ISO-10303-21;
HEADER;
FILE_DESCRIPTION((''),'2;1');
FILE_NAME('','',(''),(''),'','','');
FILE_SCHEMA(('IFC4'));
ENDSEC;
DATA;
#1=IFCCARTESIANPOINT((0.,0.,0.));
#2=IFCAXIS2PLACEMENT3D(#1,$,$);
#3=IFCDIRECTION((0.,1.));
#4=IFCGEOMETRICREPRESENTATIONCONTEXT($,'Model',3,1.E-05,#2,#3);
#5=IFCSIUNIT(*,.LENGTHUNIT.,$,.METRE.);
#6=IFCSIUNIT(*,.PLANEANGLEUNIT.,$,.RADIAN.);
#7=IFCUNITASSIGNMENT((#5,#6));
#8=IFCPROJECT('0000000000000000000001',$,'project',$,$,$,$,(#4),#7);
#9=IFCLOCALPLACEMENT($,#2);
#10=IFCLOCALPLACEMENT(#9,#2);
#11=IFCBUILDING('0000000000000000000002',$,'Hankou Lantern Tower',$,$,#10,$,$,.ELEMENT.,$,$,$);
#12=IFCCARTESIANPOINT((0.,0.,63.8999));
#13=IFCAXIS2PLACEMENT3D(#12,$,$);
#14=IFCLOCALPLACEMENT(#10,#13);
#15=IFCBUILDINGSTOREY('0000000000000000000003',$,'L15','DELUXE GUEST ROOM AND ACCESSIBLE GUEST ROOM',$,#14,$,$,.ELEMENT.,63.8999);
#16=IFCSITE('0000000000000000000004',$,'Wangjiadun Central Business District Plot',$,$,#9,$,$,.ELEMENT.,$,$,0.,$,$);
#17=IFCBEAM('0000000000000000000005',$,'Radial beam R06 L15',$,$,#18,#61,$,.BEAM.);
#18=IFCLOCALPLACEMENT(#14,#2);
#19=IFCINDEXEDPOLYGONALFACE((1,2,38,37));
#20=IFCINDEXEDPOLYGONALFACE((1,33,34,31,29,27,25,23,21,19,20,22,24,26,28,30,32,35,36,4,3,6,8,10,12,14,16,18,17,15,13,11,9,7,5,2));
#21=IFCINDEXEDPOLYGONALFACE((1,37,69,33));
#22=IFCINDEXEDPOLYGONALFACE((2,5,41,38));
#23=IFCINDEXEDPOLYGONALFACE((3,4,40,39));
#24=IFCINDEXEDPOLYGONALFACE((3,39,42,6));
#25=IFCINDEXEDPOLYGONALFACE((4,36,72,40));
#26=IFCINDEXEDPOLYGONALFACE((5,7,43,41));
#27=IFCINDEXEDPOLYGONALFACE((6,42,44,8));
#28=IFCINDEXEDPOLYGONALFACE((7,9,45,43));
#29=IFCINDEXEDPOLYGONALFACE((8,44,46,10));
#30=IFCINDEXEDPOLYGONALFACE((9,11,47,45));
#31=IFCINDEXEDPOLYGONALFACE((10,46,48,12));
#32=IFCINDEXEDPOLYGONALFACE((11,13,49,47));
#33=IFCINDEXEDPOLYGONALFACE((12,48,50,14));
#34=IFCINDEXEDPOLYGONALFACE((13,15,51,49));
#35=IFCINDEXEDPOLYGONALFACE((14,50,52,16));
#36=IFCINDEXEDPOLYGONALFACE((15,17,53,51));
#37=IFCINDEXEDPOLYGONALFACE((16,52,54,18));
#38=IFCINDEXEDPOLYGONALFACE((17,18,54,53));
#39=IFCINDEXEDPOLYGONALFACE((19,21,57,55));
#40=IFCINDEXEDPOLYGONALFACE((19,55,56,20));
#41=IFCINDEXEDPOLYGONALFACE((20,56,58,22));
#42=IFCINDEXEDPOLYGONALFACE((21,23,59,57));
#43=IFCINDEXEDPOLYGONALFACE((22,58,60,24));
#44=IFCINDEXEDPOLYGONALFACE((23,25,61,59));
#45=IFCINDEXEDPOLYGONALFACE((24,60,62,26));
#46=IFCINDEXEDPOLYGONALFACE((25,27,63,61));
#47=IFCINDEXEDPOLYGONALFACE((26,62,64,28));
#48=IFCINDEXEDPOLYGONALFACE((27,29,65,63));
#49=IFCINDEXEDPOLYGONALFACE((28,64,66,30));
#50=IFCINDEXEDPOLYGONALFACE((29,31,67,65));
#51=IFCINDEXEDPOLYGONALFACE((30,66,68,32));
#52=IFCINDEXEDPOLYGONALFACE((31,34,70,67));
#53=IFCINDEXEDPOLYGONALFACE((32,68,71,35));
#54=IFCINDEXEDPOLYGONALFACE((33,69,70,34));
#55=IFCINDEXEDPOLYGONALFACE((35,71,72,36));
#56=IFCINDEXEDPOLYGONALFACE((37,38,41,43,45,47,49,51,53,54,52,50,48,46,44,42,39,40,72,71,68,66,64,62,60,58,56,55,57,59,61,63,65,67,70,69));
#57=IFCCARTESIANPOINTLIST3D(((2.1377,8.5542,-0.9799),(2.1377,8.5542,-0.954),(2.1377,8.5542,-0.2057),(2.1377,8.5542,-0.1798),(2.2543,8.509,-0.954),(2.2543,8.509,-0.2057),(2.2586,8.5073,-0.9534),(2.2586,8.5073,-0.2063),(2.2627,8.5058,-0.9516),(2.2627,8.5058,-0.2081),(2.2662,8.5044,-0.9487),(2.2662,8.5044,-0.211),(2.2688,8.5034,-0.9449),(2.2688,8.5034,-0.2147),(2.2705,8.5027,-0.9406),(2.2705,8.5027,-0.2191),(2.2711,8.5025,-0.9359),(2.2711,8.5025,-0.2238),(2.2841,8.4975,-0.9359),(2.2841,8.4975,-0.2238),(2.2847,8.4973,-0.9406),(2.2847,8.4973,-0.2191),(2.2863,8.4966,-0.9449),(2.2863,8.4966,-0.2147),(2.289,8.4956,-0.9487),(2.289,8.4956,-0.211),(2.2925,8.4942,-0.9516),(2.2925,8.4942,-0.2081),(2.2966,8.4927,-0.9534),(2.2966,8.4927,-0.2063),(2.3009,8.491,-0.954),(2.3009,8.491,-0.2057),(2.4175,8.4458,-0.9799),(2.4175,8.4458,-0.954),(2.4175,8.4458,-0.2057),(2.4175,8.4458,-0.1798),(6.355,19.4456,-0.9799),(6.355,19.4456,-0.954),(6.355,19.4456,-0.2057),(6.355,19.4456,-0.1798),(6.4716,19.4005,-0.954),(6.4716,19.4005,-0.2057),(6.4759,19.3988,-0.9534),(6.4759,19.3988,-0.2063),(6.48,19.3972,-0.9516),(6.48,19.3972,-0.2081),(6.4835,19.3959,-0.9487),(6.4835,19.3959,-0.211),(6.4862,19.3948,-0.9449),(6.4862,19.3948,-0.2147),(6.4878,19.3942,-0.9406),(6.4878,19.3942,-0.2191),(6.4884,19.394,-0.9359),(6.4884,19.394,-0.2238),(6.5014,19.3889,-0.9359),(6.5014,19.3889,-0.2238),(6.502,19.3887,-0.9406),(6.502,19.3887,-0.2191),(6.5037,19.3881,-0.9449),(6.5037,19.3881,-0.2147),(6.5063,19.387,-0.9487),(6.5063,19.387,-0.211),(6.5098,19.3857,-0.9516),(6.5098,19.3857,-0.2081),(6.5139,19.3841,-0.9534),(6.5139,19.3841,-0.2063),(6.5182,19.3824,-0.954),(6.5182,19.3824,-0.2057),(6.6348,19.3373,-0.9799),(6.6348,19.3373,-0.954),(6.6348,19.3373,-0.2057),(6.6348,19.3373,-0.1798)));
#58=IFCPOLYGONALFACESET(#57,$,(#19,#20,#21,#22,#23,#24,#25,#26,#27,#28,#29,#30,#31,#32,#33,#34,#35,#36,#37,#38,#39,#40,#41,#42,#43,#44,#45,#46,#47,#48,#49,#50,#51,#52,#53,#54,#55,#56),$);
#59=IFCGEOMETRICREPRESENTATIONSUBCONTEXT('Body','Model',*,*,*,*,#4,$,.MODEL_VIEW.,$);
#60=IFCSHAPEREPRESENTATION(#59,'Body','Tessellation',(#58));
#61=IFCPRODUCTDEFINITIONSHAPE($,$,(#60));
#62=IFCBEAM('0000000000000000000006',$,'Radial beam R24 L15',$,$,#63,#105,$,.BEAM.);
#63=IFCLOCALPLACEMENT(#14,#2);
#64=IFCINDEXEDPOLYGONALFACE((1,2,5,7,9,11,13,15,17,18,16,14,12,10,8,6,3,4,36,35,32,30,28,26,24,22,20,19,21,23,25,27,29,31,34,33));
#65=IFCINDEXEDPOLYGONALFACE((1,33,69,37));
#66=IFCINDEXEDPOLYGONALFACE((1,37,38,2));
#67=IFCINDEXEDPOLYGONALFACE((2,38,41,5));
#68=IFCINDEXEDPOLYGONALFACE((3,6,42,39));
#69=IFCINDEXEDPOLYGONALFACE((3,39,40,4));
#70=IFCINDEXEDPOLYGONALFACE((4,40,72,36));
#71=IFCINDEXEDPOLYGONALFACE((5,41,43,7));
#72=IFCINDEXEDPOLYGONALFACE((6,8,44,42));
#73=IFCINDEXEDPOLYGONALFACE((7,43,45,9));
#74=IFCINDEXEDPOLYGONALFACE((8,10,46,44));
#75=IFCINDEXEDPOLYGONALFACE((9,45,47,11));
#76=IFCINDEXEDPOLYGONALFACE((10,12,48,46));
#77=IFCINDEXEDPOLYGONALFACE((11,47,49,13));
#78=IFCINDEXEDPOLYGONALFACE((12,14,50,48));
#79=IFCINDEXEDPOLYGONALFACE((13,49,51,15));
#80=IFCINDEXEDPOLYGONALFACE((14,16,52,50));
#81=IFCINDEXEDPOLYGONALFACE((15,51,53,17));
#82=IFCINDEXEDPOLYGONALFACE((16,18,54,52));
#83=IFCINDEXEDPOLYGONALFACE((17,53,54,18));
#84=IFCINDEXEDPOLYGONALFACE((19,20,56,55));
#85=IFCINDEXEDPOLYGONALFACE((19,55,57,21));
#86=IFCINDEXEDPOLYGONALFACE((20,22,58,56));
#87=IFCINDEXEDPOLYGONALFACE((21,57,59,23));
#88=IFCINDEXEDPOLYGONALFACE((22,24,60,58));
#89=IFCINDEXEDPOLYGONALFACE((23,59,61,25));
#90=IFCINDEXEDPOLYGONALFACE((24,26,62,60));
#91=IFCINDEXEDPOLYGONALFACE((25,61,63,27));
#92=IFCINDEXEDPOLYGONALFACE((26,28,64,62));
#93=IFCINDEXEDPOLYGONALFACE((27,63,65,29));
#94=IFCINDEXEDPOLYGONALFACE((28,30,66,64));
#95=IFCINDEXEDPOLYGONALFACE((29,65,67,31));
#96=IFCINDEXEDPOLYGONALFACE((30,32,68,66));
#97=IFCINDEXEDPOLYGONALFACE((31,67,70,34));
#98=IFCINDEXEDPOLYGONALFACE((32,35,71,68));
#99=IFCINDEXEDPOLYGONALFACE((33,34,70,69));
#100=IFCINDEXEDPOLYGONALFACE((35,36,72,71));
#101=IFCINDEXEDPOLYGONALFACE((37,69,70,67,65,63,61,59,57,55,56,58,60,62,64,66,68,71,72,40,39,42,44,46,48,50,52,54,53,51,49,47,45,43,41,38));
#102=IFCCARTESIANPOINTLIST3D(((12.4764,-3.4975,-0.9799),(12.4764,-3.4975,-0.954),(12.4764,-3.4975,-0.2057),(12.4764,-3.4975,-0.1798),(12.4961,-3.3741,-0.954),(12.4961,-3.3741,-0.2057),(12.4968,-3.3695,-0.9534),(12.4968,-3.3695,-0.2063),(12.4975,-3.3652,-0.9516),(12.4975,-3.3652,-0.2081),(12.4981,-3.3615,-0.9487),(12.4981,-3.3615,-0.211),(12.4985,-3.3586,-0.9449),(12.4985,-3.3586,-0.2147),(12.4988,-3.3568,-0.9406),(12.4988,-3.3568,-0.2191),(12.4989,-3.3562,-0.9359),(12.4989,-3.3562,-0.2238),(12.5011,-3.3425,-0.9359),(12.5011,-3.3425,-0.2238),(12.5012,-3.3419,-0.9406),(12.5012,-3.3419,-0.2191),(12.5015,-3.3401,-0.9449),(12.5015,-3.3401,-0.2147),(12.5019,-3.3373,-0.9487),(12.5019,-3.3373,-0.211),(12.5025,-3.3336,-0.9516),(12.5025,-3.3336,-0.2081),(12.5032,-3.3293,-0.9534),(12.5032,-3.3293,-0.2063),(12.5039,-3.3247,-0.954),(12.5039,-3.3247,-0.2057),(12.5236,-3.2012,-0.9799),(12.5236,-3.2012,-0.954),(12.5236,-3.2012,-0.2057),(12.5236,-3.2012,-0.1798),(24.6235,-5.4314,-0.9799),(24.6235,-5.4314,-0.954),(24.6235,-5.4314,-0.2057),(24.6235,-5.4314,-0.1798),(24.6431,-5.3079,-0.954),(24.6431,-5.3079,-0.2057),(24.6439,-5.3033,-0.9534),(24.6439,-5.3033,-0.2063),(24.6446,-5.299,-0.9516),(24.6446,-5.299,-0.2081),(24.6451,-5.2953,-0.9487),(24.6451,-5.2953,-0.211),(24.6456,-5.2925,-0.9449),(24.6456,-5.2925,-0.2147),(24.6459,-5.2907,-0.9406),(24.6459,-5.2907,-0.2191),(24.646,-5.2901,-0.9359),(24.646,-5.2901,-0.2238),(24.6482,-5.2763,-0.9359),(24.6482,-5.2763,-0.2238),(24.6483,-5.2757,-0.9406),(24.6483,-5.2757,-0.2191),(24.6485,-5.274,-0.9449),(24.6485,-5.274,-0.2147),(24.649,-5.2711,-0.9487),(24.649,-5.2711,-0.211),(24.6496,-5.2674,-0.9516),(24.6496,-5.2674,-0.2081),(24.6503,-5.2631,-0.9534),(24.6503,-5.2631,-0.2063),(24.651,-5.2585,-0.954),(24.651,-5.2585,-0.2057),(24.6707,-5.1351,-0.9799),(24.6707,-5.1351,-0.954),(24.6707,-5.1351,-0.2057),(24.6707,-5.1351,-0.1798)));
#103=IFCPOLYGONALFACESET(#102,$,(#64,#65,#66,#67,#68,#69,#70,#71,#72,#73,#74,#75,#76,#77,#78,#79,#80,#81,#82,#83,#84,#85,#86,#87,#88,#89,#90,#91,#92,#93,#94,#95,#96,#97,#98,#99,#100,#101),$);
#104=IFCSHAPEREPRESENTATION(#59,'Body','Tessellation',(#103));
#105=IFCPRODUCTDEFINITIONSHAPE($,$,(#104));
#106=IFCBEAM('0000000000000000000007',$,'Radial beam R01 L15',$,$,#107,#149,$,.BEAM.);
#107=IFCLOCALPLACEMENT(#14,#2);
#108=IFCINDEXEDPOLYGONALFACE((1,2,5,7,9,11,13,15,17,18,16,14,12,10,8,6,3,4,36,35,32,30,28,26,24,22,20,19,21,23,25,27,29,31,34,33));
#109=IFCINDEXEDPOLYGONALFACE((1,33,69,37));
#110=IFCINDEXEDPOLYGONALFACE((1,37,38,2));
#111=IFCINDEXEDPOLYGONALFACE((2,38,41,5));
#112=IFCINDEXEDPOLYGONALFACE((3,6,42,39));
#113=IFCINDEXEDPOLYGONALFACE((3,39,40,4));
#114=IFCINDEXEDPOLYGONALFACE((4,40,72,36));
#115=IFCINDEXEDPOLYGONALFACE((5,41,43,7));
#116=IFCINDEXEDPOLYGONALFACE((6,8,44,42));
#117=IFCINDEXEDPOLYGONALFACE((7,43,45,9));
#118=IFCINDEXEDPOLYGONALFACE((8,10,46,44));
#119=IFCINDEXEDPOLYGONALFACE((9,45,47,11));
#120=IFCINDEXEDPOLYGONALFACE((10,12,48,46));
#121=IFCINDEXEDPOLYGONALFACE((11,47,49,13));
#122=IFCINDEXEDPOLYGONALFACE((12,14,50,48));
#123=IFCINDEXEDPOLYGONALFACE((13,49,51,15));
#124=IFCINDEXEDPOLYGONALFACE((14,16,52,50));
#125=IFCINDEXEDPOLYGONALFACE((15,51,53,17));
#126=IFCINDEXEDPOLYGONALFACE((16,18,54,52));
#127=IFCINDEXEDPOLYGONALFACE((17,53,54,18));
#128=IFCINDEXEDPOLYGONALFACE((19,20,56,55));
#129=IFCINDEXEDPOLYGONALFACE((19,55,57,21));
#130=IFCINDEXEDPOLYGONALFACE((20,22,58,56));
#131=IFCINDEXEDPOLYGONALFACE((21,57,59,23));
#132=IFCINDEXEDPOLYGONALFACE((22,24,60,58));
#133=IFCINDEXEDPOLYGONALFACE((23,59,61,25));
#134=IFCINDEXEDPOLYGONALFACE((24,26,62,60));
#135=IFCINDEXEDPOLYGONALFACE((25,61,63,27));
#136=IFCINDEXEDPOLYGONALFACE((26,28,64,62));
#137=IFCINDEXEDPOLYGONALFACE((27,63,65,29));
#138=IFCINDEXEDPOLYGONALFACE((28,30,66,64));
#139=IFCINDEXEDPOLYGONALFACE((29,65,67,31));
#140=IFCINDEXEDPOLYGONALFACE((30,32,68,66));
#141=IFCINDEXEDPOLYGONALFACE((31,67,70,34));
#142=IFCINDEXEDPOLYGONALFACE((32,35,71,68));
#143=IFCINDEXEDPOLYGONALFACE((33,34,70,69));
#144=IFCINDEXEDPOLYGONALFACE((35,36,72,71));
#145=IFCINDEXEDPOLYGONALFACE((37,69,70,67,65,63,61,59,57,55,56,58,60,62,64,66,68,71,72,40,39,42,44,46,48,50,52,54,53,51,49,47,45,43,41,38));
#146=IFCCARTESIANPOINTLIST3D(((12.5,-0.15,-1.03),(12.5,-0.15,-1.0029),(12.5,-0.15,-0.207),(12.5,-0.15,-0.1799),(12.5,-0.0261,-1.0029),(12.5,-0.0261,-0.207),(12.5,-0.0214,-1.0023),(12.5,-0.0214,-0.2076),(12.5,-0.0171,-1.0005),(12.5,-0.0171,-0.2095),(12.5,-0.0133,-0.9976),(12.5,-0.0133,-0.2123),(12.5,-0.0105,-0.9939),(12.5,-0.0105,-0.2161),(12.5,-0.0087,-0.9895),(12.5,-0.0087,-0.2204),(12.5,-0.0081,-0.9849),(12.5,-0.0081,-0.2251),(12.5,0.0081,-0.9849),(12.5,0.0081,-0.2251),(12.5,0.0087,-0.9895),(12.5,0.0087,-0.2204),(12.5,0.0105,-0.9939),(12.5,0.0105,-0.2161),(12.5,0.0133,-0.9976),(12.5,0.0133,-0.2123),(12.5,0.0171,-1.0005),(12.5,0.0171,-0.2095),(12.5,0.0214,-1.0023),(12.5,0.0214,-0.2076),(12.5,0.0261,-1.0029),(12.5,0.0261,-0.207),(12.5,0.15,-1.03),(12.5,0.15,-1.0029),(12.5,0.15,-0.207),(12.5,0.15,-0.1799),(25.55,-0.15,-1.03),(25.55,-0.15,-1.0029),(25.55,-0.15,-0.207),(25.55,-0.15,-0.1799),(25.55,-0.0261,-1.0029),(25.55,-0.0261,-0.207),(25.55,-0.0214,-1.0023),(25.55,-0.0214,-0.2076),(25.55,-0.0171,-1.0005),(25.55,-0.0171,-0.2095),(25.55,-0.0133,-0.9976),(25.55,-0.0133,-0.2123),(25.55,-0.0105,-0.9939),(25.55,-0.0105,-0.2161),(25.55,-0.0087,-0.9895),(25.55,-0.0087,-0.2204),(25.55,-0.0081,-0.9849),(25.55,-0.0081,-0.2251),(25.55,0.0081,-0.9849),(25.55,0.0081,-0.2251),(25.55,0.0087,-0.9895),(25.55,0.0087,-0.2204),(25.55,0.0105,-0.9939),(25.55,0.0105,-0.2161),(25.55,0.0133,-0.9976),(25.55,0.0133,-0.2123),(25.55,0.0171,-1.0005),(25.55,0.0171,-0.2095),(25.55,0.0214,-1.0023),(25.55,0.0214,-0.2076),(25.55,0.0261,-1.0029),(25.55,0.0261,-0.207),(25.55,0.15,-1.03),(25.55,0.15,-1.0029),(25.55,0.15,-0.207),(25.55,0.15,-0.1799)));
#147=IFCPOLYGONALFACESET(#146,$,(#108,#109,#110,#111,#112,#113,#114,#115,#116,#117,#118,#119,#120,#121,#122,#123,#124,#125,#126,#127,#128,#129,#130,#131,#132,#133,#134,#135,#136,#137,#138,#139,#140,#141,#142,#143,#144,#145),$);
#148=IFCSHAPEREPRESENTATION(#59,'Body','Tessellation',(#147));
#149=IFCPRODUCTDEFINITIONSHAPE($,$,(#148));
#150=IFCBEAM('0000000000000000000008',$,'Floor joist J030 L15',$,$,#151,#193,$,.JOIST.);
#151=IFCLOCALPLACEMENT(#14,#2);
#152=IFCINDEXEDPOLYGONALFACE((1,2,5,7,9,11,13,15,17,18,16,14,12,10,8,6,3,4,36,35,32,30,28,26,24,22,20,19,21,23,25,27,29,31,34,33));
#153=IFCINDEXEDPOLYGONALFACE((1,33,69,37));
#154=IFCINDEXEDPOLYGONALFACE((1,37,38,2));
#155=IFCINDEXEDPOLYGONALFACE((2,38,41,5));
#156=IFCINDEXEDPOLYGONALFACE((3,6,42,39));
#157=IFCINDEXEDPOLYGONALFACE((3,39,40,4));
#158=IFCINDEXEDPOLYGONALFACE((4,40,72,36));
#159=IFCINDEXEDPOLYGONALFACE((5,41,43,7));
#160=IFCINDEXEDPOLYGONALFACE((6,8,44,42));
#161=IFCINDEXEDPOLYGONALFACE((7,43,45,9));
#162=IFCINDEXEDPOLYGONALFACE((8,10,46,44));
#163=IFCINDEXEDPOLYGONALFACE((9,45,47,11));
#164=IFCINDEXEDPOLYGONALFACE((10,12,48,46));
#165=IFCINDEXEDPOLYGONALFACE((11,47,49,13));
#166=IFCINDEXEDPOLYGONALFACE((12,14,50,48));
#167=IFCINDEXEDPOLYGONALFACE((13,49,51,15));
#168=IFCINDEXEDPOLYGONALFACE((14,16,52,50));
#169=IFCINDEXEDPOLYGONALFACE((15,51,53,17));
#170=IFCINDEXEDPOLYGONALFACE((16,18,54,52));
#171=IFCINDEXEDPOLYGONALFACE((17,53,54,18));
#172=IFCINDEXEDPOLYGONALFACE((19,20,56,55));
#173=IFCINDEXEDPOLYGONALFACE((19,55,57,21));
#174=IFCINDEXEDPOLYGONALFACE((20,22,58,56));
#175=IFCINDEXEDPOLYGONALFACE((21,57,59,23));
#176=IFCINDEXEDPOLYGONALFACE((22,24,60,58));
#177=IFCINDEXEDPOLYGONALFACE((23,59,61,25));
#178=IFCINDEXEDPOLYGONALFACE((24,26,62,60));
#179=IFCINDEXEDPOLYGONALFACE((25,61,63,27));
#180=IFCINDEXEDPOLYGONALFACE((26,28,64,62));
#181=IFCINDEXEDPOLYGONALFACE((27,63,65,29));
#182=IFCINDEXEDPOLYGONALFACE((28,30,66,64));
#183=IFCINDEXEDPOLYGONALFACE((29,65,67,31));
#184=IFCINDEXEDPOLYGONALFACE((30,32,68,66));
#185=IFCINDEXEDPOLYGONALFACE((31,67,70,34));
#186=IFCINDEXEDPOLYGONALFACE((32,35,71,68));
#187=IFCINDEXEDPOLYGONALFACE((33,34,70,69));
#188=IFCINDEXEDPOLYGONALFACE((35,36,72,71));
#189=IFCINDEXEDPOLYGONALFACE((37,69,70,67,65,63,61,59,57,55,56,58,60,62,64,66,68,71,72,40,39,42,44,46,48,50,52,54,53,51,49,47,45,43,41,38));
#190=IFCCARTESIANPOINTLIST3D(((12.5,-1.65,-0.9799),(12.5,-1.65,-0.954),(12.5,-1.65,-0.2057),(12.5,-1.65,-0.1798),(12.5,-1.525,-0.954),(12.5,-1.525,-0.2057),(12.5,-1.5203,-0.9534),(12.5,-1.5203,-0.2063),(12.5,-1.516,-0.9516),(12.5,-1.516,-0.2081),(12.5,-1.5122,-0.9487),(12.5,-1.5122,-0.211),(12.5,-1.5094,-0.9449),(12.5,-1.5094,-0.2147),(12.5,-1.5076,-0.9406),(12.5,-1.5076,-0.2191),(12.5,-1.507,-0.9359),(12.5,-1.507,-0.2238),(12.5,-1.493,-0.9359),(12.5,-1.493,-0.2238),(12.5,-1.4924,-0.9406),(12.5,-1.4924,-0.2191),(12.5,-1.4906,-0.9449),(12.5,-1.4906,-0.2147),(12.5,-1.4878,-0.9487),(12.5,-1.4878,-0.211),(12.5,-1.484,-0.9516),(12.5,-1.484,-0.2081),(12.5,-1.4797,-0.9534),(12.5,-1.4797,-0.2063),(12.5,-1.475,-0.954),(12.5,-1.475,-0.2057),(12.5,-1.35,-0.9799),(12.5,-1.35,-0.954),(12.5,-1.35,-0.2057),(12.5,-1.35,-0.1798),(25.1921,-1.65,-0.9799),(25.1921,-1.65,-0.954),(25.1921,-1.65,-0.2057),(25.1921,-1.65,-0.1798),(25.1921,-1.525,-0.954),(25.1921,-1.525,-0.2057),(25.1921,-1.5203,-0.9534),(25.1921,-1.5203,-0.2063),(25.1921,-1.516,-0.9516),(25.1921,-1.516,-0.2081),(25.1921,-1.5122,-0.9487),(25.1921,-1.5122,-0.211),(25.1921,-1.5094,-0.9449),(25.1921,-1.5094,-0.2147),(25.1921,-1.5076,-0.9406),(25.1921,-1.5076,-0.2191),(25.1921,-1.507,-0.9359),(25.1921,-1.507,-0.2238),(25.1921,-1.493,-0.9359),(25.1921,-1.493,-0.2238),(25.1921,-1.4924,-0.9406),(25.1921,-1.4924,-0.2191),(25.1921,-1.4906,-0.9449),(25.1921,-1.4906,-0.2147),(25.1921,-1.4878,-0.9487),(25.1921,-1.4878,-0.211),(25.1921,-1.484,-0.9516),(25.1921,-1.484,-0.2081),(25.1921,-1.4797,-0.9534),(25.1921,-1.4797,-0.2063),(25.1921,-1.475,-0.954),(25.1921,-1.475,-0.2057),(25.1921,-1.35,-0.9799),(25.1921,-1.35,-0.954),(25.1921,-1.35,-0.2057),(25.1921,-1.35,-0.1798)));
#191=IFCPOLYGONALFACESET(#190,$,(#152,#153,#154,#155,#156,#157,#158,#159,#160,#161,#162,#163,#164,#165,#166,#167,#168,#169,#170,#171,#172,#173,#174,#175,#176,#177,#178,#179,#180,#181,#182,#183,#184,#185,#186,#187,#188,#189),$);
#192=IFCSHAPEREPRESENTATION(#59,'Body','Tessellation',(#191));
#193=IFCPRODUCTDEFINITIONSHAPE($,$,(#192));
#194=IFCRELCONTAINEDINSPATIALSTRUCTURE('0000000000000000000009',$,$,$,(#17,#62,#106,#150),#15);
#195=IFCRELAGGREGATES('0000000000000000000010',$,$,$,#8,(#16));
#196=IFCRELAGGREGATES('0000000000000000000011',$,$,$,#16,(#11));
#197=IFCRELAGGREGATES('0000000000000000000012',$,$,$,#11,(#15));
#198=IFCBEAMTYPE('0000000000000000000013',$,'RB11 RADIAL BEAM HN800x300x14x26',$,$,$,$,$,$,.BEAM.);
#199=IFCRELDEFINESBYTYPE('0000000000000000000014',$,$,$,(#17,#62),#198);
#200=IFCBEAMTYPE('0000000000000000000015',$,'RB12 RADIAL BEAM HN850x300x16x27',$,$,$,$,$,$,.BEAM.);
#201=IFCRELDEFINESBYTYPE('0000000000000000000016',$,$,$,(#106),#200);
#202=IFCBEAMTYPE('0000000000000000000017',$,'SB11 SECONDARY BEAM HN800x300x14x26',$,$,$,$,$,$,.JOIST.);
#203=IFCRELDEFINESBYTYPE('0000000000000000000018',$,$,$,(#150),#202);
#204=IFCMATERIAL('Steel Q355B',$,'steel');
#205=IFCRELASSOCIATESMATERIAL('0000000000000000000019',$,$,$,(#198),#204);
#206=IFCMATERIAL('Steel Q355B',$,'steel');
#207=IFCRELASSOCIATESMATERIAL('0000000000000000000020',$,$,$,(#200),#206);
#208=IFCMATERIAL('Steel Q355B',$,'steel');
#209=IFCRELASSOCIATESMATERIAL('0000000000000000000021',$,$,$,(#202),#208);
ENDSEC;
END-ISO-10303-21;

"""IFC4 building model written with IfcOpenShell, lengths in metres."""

from ifc_helpers import new_model, si_unit, direction, frame, origin, origin_2d, place, context, subcontext, project, spatial, i_section, extrude, material, material_profile, profile_set, type_object, element, save


model = new_model("IFC4")

# Units and contexts
model_context = context("Model", 3, precision=1e-05, world=origin(), true_north=direction((0.0, 1.0)))
body_context = subcontext(model_context, "Body", "Model", "MODEL_VIEW")
ifc_project = project(units=[si_unit("LENGTHUNIT", "METRE"), si_unit("PLANEANGLEUNIT", "RADIAN")], contexts=[model_context])

# Site, building, storey
site_placement = place(None, origin())
site = spatial("IfcSite", under=ifc_project, at=site_placement, Name="Wangjiadun Central Business District Plot", CompositionType="ELEMENT", RefElevation=0.0)
building_placement = place(site_placement, origin())
building = spatial("IfcBuilding", under=site, at=building_placement, Name="Hankou Lantern Tower", CompositionType="ELEMENT")
storey_placement = place(building_placement, frame((0.0, 0.0, 63.8999)))
storey = spatial("IfcBuildingStorey", under=building, at=storey_placement, Name="L15", Description="DELUXE GUEST ROOM AND ACCESSIBLE GUEST ROOM", CompositionType="ELEMENT", Elevation=63.8999)

# Beams
ifc_material_1 = material(Name="Steel Q355B", Category="steel")
ifc_material_profile_1 = material_profile(ifc_material_1, i_section(OverallWidth=0.3, OverallDepth=0.8, WebThickness=0.0139, FlangeThickness=0.0259, FilletRadius=0.0181, at=origin_2d()), Name="HN800x300x14x26")
ifc_profile_set_1 = profile_set([ifc_material_profile_1], Name="Steel Q355B")
beam_type_1 = type_object("IfcBeamType", Name="RB11 RADIAL BEAM HN800x300x14x26", PredefinedType="BEAM", material=ifc_profile_set_1)
beam_1_placement = place(storey_placement, frame((2.2776, 8.5, -0.5798), z_axis=(0.361089, 0.932531, 0.0), x_axis=(-0.932531, 0.361089, 0.0)))
element("IfcBeam", 1, at=beam_1_placement, inside=storey, type_object=beam_type_1, Name="Radial beam R06 L15", PredefinedType="BEAM", context=body_context, shape_type="SweptSolid", body=[
    extrude(i_section(OverallWidth=0.3, OverallDepth=0.8, WebThickness=0.0139, FlangeThickness=0.0259, FilletRadius=0.0181, at=origin_2d()), origin(), (0.0, 0.0, 1.0), 11.6794),
])
beam_2_placement = place(storey_placement, frame((12.5, -3.3494, -0.5798), z_axis=(0.987563, -0.157223, 0.0), x_axis=(0.157223, 0.987563, 0.0)))
element("IfcBeam", 2, at=beam_2_placement, inside=storey, type_object=beam_type_1, Name="Radial beam R24 L15", PredefinedType="BEAM", context=body_context, shape_type="SweptSolid", body=[
    extrude(i_section(OverallWidth=0.3, OverallDepth=0.8, WebThickness=0.0139, FlangeThickness=0.0259, FilletRadius=0.0181, at=origin_2d()), origin(), (0.0, 0.0, 1.0), 12.3),
])
ifc_material_2 = material(Name="Steel Q355B", Category="steel")
ifc_material_profile_2 = material_profile(ifc_material_2, i_section(OverallWidth=0.3, OverallDepth=0.8501, WebThickness=0.0161, FlangeThickness=0.0271, FilletRadius=0.0181, at=origin_2d()), Name="HN850x300x16x27")
ifc_profile_set_2 = profile_set([ifc_material_profile_2], Name="Steel Q355B")
beam_type_2 = type_object("IfcBeamType", Name="RB12 RADIAL BEAM HN850x300x16x27", PredefinedType="BEAM", material=ifc_profile_set_2)
beam_3_placement = place(storey_placement, frame((12.5, 0.0, -0.605), z_axis=(1.0, 0.0, 0.0), x_axis=(0.0, 1.0, 0.0)))
element("IfcBeam", 3, at=beam_3_placement, inside=storey, type_object=beam_type_2, Name="Radial beam R01 L15", PredefinedType="BEAM", context=body_context, shape_type="SweptSolid", body=[
    extrude(i_section(OverallWidth=0.3, OverallDepth=0.8501, WebThickness=0.0161, FlangeThickness=0.0271, FilletRadius=0.0181, at=origin_2d()), origin(), (0.0, 0.0, 1.0), 13.05),
])
ifc_material_3 = material(Name="Steel Q355B", Category="steel")
ifc_material_profile_3 = material_profile(ifc_material_3, i_section(OverallWidth=0.3, OverallDepth=0.8, WebThickness=0.0139, FlangeThickness=0.0259, FilletRadius=0.0181, at=origin_2d()), Name="HN800x300x14x26")
ifc_profile_set_3 = profile_set([ifc_material_profile_3], Name="Steel Q355B")
beam_type_3 = type_object("IfcBeamType", Name="SB11 SECONDARY BEAM HN800x300x14x26", PredefinedType="JOIST", material=ifc_profile_set_3)
for number, where, z_axis, x_axis, name in (
    (4, (12.5, -1.5, -0.5798), (1.0, 0.0, 0.0), (0.0, 1.0, 0.0), "Floor joist J030 L15"),
):
    element("IfcBeam", number, at=place(storey_placement, frame(where, z_axis=z_axis, x_axis=x_axis)), inside=storey, type_object=beam_type_3, Name=name, PredefinedType="JOIST", context=body_context, shape_type="SweptSolid", body=[
        extrude(i_section(OverallWidth=0.3, OverallDepth=0.8, WebThickness=0.0139, FlangeThickness=0.0259, FilletRadius=0.0181, at=origin_2d()), origin(), (0.0, 0.0, 1.0), 12.6921),
    ])

save(model, "model.ifc")
